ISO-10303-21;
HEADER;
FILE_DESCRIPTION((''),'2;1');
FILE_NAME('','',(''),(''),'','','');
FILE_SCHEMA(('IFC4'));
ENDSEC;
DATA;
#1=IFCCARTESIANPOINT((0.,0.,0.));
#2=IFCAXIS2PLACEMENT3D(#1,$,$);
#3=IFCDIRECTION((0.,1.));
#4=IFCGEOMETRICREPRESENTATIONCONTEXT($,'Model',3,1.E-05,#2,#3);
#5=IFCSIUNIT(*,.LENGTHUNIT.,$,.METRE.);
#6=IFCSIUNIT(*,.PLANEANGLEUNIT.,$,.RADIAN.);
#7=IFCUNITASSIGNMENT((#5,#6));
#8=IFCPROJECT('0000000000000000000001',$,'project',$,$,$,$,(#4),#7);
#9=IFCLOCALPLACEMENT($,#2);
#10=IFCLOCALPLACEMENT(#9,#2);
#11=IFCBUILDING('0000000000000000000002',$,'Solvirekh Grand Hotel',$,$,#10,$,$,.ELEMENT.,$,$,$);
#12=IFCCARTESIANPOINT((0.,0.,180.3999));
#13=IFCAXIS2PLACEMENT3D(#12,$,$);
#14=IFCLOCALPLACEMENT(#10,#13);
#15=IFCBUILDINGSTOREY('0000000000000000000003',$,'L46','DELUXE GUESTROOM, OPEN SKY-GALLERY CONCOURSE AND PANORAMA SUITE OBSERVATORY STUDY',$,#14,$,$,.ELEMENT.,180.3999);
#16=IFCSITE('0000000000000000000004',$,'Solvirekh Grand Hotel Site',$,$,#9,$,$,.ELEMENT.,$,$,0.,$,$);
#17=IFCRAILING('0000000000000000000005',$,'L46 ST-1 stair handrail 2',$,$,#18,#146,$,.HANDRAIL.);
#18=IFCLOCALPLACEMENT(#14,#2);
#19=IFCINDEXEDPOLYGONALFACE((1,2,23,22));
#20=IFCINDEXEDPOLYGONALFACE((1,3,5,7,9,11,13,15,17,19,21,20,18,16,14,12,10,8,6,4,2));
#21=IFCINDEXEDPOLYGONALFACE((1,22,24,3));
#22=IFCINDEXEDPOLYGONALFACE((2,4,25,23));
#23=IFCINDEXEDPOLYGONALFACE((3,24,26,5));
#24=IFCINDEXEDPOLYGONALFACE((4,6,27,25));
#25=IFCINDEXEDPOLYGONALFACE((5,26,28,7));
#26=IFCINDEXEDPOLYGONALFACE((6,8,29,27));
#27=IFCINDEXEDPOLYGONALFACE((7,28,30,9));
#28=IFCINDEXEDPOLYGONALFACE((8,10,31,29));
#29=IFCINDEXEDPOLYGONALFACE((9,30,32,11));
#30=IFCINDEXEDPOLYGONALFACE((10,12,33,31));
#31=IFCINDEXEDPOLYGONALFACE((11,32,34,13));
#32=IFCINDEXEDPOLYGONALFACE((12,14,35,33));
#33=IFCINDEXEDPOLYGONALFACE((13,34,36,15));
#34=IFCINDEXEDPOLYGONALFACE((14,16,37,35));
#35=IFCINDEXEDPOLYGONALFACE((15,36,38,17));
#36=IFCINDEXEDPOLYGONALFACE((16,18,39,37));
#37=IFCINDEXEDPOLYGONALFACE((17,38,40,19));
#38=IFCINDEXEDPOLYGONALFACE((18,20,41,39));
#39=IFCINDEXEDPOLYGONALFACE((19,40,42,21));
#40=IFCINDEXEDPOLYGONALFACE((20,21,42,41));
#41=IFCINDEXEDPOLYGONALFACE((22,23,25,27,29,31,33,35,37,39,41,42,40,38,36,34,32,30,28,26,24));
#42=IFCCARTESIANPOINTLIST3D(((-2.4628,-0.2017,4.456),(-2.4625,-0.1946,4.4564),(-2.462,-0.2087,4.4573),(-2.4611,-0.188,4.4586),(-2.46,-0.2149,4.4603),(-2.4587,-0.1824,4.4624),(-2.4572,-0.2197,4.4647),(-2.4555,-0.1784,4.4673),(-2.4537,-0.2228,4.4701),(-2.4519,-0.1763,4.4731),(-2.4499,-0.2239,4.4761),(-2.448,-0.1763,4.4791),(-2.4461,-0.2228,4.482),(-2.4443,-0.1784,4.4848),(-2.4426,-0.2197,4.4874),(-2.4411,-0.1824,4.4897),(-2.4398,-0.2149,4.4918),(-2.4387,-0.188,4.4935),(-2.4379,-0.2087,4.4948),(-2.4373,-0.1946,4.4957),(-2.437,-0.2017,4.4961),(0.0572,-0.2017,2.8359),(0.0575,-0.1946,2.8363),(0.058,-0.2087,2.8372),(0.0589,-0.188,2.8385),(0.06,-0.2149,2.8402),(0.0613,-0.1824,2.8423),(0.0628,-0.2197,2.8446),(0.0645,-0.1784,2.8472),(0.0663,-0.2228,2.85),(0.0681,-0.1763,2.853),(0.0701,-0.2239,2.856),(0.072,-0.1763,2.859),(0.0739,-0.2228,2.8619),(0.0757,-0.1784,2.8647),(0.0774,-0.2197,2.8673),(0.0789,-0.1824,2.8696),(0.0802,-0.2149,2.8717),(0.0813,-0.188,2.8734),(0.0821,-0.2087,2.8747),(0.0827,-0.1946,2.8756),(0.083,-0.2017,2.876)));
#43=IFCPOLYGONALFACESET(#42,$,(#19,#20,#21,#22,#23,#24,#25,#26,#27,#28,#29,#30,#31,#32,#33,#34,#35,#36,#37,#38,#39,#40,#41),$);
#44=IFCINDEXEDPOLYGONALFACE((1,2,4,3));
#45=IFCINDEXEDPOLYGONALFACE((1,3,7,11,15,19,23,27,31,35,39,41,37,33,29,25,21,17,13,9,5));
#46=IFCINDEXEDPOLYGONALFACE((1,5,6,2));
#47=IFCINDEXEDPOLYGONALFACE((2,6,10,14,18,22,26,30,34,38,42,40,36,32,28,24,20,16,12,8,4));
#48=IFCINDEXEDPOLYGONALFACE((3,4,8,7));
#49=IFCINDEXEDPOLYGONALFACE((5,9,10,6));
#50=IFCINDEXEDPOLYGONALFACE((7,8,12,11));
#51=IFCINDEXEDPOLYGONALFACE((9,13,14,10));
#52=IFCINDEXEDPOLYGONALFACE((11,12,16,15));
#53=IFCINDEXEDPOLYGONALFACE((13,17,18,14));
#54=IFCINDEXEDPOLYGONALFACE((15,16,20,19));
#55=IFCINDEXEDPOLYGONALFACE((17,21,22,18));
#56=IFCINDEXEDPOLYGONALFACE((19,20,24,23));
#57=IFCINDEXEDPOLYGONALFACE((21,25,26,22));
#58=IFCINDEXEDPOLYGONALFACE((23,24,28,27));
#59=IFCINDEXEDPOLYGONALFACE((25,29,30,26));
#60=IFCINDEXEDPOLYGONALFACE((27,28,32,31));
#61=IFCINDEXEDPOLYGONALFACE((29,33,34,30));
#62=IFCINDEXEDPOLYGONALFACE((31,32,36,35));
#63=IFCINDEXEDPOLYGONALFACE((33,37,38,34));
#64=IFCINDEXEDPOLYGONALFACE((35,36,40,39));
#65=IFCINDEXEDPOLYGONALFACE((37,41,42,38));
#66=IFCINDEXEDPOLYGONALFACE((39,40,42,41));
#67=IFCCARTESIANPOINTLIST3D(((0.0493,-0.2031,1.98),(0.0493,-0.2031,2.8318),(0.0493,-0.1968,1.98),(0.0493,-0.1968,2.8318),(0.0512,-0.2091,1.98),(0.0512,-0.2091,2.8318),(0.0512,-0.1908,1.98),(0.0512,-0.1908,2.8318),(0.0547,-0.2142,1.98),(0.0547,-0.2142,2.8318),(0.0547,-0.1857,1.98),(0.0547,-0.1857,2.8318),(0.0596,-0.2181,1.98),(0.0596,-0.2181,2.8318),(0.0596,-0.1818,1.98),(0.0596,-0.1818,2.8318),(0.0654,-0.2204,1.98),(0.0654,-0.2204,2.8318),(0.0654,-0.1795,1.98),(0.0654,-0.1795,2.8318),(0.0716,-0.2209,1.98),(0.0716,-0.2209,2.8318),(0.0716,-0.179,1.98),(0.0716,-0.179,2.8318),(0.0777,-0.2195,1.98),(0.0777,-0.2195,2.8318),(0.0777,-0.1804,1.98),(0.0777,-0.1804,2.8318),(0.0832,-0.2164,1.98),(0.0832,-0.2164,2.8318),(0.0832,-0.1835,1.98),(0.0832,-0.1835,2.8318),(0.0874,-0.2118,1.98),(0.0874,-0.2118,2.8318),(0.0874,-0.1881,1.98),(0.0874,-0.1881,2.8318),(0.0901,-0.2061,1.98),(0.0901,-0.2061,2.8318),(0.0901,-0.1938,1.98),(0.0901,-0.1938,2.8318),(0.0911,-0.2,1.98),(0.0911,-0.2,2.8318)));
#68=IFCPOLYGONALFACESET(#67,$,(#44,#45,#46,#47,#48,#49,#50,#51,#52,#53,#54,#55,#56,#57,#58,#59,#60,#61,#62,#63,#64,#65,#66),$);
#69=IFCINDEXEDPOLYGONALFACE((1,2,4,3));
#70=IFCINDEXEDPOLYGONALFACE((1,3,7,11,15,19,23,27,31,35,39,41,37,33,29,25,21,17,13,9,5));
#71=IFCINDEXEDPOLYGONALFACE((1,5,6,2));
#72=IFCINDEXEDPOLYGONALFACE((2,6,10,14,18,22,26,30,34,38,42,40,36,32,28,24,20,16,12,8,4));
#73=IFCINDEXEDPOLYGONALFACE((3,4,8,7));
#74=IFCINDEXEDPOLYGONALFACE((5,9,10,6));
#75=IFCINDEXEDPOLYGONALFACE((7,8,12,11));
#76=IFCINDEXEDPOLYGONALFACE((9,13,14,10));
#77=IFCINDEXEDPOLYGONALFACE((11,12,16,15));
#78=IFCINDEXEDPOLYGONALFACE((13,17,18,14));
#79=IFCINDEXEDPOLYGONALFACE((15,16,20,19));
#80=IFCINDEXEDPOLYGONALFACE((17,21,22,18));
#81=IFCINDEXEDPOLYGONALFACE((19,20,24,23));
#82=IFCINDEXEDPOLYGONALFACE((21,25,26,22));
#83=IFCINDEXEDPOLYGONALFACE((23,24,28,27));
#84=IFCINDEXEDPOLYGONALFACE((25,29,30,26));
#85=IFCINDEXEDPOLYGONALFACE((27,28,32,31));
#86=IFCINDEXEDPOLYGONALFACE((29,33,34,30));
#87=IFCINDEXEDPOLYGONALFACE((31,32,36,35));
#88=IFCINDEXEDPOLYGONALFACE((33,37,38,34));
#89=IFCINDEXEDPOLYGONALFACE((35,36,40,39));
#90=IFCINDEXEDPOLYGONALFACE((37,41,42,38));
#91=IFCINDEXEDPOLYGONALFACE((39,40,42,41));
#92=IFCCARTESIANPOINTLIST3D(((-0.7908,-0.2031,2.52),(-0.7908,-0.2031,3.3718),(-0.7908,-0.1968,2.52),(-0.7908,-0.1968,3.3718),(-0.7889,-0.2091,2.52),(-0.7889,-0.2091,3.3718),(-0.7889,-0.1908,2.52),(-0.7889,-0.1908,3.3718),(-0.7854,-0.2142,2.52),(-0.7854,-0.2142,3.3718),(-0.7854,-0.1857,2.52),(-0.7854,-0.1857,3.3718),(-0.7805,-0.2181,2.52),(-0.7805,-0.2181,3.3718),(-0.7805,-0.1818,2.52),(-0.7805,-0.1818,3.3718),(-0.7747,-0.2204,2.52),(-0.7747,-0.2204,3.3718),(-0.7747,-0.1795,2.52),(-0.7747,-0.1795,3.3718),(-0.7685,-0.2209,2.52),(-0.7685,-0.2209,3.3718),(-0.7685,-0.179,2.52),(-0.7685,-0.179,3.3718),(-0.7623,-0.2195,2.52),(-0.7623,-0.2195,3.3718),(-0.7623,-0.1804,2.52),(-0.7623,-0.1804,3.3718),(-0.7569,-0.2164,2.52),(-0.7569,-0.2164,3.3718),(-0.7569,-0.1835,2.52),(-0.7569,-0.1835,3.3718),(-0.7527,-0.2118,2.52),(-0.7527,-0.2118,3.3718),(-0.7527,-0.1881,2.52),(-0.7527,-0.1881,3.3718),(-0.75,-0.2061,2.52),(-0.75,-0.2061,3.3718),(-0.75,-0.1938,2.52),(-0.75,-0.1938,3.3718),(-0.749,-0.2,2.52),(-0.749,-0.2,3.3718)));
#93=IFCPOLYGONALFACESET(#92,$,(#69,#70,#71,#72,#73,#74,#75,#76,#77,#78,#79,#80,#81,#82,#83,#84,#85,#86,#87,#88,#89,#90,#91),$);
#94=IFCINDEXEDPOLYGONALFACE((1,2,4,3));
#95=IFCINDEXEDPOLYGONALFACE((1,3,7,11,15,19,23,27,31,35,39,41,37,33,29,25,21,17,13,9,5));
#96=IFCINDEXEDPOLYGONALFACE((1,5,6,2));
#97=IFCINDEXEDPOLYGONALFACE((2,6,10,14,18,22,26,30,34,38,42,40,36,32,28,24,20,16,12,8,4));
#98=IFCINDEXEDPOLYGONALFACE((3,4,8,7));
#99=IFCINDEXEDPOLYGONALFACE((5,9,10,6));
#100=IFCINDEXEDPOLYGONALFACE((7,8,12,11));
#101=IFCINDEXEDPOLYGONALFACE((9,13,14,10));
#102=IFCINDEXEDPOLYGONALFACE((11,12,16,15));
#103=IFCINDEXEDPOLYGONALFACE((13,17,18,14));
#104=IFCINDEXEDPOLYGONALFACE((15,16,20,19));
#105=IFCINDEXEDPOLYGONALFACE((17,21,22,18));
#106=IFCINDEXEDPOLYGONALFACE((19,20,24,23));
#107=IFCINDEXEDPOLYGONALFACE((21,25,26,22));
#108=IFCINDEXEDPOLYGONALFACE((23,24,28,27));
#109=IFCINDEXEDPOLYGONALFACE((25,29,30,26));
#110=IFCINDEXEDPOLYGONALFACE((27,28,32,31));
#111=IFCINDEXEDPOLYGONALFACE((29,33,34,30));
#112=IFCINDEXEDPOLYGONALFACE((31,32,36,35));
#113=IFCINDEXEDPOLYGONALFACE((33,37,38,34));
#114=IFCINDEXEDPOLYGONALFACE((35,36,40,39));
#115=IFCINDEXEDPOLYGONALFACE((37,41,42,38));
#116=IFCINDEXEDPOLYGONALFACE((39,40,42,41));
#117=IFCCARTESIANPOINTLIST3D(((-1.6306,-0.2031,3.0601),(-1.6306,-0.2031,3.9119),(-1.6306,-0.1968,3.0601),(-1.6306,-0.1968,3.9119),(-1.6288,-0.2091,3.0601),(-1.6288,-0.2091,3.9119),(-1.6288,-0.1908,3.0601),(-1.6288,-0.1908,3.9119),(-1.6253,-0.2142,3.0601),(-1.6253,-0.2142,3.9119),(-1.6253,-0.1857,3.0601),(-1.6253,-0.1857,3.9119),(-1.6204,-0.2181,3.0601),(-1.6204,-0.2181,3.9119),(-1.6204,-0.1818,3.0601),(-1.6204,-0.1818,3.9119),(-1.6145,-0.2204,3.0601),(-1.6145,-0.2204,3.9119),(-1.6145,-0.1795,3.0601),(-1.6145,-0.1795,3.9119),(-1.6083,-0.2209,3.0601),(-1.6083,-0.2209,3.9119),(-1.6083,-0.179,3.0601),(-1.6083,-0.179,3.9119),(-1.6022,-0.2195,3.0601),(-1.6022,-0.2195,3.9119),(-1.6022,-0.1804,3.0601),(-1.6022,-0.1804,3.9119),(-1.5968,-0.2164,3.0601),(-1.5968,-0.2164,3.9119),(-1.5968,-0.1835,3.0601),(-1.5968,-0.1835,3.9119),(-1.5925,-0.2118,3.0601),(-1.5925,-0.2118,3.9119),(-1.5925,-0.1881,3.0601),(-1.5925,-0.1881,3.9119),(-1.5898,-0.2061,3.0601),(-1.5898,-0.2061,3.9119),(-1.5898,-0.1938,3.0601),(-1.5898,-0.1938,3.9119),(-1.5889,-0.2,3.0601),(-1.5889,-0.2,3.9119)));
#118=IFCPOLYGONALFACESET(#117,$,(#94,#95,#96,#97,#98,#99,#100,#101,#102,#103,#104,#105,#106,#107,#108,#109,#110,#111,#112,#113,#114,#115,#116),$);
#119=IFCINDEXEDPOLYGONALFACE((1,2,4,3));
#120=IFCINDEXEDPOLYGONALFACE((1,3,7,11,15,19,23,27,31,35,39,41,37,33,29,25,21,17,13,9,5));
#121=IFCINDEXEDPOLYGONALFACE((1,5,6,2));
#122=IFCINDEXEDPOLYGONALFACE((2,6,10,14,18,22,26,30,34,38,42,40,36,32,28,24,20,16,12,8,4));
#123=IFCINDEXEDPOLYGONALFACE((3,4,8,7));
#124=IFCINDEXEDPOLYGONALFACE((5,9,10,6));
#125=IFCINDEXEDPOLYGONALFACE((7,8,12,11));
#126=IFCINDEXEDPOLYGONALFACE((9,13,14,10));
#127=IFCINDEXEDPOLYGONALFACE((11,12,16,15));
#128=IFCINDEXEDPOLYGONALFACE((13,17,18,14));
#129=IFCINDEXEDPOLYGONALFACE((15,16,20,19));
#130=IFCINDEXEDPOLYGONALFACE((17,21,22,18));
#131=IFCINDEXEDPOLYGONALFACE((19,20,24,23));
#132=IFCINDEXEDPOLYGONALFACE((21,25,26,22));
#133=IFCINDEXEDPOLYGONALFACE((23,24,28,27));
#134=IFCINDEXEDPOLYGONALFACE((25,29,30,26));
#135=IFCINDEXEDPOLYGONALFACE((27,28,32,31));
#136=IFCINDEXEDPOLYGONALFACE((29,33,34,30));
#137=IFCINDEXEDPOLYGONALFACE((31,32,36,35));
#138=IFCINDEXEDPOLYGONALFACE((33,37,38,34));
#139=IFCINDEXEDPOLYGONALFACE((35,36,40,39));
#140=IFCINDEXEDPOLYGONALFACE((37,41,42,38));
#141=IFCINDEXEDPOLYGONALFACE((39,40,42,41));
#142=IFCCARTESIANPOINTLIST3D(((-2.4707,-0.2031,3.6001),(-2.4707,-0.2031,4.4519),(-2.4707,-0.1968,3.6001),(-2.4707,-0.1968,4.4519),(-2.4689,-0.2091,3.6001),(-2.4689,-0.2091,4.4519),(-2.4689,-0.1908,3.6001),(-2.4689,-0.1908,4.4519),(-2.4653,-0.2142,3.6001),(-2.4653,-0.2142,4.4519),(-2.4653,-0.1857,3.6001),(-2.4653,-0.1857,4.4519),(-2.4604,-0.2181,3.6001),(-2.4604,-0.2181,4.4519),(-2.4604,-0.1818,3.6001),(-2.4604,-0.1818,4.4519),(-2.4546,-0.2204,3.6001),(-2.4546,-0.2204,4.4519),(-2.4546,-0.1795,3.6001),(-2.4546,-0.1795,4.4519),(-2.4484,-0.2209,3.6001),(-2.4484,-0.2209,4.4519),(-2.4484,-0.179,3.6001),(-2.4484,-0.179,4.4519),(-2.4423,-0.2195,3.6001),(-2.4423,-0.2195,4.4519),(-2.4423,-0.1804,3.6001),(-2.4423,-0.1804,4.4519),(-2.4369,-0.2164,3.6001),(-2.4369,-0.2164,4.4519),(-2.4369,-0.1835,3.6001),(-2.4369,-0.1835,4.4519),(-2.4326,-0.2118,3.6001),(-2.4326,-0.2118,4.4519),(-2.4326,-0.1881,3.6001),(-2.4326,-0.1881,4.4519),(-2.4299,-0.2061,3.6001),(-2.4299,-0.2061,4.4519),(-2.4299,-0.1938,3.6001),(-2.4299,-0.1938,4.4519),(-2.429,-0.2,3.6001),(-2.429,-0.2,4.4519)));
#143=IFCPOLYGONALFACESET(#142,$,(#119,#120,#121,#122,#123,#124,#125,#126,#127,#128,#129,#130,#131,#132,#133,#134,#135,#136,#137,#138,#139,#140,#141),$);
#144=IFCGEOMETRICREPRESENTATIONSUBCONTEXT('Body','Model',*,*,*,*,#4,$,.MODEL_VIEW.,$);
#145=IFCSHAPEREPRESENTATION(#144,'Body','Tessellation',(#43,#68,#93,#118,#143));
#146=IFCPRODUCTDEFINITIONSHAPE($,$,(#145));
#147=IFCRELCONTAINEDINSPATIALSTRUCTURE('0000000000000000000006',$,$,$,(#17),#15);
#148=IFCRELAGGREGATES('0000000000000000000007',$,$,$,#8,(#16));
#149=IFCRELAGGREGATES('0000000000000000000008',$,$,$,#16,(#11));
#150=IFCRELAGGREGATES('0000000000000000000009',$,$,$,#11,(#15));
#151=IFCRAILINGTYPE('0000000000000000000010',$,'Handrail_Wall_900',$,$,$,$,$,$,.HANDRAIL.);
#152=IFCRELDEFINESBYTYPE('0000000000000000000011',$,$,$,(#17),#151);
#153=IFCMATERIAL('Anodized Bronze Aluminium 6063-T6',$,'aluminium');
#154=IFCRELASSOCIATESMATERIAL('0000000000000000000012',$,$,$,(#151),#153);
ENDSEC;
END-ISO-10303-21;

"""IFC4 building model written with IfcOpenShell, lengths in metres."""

from ifc_helpers import new_model, si_unit, direction, frame, origin, origin_2d, place, context, subcontext, project, spatial, circle, extrude, material, type_object, element, save


model = new_model("IFC4")

# Units and contexts
model_context = context("Model", 3, precision=1e-05, world=origin(), true_north=direction((0.0, 1.0)))
body_context = subcontext(model_context, "Body", "Model", "MODEL_VIEW")
ifc_project = project(units=[si_unit("LENGTHUNIT", "METRE"), si_unit("PLANEANGLEUNIT", "RADIAN")], contexts=[model_context])

# Site, building, storey
site_placement = place(None, origin())
site = spatial("IfcSite", under=ifc_project, at=site_placement, Name="Solvirekh Grand Hotel Site", CompositionType="ELEMENT", RefElevation=0.0)
building_placement = place(site_placement, origin())
building = spatial("IfcBuilding", under=site, at=building_placement, Name="Solvirekh Grand Hotel", CompositionType="ELEMENT")
storey_placement = place(building_placement, frame((0.0, 0.0, 180.3999)))
storey = spatial("IfcBuildingStorey", under=building, at=storey_placement, Name="L46", Description="DELUXE GUESTROOM, OPEN SKY-GALLERY CONCOURSE AND PANORAMA SUITE OBSERVATORY STUDY", CompositionType="ELEMENT", Elevation=180.3999)

# Railing
ifc_material_1 = material(Name="Anodized Bronze Aluminium 6063-T6", Category="aluminium")
railing_type_1 = type_object("IfcRailingType", Name="Handrail_Wall_900", PredefinedType="HANDRAIL", material=ifc_material_1)
railing_1_placement = place(storey_placement, frame((0.0701, -0.2, 1.98)))
element("IfcRailing", 1, at=railing_1_placement, inside=storey, type_object=railing_type_1, Name="L46 ST-1 stair handrail 2", PredefinedType="HANDRAIL", context=body_context, shape_type="SweptSolid", body=[
    extrude(circle(Radius=0.0239, at=origin_2d()), frame((0.0, 0.0, 0.876), z_axis=(-0.841163, 0.0, 0.540782), x_axis=(0.0, -1.0, 0.0)), (0.0, 0.0, 1.0), 2.9958),
    extrude(circle(Radius=0.021, at=origin_2d()), origin(), (0.0, 0.0, 1.0), 0.8518),
    extrude(circle(Radius=0.021, at=origin_2d()), frame((-0.8401, 0.0, 0.54)), (0.0, 0.0, 1.0), 0.8518),
    extrude(circle(Radius=0.021, at=origin_2d()), frame((-1.6799, 0.0, 1.0801)), (0.0, 0.0, 1.0), 0.8518),
    extrude(circle(Radius=0.021, at=origin_2d()), frame((-2.52, 0.0, 1.6201)), (0.0, 0.0, 1.0), 0.8518),
])

save(model, "model.ifc")
